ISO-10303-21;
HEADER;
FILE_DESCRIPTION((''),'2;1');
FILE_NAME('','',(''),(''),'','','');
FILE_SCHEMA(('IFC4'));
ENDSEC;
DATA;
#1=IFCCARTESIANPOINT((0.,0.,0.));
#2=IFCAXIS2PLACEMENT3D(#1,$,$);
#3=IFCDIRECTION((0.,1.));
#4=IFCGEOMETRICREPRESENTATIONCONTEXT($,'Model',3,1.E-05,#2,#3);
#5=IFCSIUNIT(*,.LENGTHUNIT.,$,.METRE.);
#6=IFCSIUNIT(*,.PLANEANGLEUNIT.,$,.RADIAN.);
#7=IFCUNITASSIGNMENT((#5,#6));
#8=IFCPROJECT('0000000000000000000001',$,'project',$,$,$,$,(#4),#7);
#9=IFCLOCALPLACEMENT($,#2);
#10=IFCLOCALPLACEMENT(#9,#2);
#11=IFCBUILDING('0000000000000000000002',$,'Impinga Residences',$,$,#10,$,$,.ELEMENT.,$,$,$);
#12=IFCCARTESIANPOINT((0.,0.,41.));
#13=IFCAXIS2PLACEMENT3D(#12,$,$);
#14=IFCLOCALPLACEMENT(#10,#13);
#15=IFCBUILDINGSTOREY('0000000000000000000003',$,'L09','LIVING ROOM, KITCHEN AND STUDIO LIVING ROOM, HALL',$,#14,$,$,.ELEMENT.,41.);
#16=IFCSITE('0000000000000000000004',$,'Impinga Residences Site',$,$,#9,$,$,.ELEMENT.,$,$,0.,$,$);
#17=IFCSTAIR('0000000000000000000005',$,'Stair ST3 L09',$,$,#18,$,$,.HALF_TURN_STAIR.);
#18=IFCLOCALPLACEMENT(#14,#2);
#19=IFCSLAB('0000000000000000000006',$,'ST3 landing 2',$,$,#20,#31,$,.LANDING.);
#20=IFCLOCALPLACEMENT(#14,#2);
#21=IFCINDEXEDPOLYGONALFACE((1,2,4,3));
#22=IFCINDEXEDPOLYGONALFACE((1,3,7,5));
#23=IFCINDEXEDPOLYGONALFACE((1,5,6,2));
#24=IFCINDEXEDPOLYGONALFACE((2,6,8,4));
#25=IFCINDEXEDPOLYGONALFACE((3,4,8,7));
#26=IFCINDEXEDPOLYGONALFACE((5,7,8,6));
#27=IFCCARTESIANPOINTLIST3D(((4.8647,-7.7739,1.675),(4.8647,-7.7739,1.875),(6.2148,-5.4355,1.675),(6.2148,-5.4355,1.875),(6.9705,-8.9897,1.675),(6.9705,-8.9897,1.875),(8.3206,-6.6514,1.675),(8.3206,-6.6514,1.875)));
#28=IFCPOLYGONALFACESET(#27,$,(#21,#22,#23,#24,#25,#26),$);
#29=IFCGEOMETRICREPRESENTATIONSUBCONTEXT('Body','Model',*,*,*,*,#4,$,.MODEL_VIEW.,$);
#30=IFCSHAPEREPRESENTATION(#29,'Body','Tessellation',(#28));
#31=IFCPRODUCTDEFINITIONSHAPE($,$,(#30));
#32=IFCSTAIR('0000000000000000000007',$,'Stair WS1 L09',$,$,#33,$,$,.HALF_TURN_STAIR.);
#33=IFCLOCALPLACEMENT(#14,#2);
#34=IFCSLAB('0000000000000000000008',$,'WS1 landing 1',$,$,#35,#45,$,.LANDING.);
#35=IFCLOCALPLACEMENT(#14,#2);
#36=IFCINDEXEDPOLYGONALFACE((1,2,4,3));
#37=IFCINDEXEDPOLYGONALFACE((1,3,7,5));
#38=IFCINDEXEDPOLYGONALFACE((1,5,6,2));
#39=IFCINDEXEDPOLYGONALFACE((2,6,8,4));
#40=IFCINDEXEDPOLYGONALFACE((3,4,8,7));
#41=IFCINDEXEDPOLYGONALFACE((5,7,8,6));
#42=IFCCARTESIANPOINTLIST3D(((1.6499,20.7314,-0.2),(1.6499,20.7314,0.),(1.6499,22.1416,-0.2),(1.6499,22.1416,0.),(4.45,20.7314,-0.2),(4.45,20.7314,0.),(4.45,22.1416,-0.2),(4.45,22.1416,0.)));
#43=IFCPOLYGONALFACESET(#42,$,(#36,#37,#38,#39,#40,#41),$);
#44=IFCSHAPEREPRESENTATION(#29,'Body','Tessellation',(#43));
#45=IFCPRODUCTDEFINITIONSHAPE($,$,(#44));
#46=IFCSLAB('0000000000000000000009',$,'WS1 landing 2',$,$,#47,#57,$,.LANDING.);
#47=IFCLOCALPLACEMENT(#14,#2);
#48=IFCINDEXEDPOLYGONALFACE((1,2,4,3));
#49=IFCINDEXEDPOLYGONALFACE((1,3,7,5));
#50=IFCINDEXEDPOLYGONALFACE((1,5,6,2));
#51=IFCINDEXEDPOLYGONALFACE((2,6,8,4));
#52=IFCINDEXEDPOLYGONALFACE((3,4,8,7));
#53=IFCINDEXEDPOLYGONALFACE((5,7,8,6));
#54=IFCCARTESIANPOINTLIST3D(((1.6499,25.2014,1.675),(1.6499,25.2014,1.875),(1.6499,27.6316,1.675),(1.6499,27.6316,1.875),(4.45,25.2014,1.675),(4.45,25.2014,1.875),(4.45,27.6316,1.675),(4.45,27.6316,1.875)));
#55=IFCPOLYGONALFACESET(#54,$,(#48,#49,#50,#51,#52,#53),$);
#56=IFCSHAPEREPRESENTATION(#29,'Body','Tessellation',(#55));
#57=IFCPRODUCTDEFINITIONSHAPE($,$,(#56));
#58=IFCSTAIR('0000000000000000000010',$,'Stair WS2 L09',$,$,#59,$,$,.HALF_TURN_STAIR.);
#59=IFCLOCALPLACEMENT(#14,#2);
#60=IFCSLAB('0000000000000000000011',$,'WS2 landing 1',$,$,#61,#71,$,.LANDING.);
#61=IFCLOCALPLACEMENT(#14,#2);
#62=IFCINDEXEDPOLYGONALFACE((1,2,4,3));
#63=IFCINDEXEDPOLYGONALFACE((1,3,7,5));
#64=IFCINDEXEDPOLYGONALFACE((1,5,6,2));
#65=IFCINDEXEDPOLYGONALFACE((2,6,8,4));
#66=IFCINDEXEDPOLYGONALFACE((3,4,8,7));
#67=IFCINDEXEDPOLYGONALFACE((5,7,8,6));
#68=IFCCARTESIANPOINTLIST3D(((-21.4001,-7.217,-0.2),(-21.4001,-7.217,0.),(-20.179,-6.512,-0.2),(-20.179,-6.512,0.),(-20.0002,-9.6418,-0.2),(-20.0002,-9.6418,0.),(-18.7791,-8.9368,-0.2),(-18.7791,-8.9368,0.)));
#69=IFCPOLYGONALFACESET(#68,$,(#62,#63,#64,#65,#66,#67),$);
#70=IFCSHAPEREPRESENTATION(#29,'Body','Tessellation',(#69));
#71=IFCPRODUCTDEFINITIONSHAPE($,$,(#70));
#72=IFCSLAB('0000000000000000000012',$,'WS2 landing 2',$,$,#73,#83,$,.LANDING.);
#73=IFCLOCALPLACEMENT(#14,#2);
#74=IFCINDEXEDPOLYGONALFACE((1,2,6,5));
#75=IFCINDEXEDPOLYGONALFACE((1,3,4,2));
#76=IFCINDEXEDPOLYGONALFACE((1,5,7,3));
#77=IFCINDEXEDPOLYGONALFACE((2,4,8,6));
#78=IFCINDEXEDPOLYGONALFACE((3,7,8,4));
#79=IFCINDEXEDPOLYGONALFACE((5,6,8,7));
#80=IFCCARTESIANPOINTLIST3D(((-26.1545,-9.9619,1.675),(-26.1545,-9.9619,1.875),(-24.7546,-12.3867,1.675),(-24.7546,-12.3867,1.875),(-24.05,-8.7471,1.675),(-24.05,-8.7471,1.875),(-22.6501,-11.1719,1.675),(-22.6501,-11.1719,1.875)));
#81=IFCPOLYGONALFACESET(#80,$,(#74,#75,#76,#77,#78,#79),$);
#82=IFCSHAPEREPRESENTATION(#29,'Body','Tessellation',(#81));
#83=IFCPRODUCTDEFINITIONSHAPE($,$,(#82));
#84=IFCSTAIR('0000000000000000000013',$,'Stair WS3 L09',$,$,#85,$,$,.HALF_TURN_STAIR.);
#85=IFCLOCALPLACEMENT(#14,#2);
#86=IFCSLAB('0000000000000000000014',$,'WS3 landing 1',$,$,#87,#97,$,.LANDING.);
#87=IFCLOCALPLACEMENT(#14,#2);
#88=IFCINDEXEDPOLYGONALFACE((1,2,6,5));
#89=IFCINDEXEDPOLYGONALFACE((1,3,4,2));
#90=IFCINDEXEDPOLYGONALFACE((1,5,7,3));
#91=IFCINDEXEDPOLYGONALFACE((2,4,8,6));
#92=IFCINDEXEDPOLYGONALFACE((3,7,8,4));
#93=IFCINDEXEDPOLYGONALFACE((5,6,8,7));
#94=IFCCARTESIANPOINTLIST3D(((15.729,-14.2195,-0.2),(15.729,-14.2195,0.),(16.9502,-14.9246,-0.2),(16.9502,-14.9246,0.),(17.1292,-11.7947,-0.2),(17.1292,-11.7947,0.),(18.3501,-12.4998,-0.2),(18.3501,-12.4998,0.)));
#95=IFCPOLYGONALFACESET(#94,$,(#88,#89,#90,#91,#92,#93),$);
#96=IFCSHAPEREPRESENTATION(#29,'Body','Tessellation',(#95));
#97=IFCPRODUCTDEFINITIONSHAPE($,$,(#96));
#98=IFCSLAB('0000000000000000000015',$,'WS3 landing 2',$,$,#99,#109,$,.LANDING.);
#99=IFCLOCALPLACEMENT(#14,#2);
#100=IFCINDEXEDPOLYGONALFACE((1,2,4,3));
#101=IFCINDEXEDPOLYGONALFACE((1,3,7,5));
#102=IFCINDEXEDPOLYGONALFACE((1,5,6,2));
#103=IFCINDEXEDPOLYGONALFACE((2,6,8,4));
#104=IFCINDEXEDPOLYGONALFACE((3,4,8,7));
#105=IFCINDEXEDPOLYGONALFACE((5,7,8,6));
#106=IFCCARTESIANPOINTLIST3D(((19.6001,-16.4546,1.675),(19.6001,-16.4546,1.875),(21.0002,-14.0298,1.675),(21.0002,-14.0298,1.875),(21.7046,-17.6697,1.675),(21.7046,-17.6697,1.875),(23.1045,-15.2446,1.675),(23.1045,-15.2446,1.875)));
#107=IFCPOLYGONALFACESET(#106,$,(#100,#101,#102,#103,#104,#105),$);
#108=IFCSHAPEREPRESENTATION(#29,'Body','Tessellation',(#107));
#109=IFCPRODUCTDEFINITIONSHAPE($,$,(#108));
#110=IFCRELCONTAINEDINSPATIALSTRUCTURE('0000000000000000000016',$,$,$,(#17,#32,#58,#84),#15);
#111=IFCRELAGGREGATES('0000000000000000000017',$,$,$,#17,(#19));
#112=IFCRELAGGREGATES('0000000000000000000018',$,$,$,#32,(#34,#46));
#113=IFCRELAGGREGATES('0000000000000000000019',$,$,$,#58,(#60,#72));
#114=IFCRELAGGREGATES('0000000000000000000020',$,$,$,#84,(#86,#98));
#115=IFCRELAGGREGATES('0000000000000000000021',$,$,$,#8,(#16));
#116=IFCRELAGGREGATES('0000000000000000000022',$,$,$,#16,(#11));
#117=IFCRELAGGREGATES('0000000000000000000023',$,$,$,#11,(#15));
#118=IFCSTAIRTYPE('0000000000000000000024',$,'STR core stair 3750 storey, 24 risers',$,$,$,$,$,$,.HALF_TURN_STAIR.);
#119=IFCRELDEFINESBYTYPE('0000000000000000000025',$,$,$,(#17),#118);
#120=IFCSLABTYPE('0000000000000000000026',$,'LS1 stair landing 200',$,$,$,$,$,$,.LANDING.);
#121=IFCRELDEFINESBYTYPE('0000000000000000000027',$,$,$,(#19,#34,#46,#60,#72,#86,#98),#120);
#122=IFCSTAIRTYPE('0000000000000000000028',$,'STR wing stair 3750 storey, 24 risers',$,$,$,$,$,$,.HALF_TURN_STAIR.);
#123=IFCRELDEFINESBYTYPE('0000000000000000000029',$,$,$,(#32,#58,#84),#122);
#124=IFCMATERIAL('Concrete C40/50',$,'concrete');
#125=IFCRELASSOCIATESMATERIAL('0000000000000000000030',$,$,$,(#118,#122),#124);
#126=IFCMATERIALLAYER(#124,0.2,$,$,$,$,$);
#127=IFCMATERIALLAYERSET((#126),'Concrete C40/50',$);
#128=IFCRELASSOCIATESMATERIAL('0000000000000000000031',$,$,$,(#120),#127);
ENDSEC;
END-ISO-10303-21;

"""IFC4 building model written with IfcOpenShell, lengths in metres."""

from ifc_helpers import new_model, si_unit, direction, frame, origin, place, context, subcontext, project, spatial, polyline, outline, extrude, material, layer, layer_set, type_object, element, aggregate, save


model = new_model("IFC4")

# Units and contexts
model_context = context("Model", 3, precision=1e-05, world=origin(), true_north=direction((0.0, 1.0)))
body_context = subcontext(model_context, "Body", "Model", "MODEL_VIEW")
ifc_project = project(units=[si_unit("LENGTHUNIT", "METRE"), si_unit("PLANEANGLEUNIT", "RADIAN")], contexts=[model_context])

# Site, building, storey
site_placement = place(None, origin())
site = spatial("IfcSite", under=ifc_project, at=site_placement, Name="Impinga Residences Site", CompositionType="ELEMENT", RefElevation=0.0)
building_placement = place(site_placement, origin())
building = spatial("IfcBuilding", under=site, at=building_placement, Name="Impinga Residences", CompositionType="ELEMENT")
storey_placement = place(building_placement, frame((0.0, 0.0, 41.0)))
storey = spatial("IfcBuildingStorey", under=building, at=storey_placement, Name="L09", Description="LIVING ROOM, KITCHEN AND STUDIO LIVING ROOM, HALL", CompositionType="ELEMENT", Elevation=41.0)

# Stair, slab
ifc_material_1 = material(Name="Concrete C40/50", Category="concrete")
stair_type_1 = type_object("IfcStairType", Name="STR core stair 3750 storey, 24 risers", PredefinedType="HALF_TURN_STAIR", material=ifc_material_1)
stair_1_placement = place(storey_placement, origin())
stair_1 = element("IfcStair", 1, at=stair_1_placement, inside=storey, type_object=stair_type_1, Name="Stair ST3 L09", PredefinedType="HALF_TURN_STAIR")
ifc_layer_1 = layer(ifc_material_1, 0.2)
ifc_layer_set_1 = layer_set([ifc_layer_1], Name="Concrete C40/50")
slab_type = type_object("IfcSlabType", Name="LS1 stair landing 200", PredefinedType="LANDING", material=ifc_layer_set_1)
slab_1_placement = place(storey_placement, frame((0.0, 0.0, 1.675)))
slab_1 = element("IfcSlab", 2, at=slab_1_placement, type_object=slab_type, Name="ST3 landing 2", PredefinedType="LANDING", context=body_context, shape_type="SweptSolid", body=[
    extrude(outline(polyline([(6.2148, -5.4355), (4.8647, -7.7739), (6.9705, -8.9897), (8.3206, -6.6514), (6.2148, -5.4355)])), origin(), (0.0, 0.0, 1.0), 0.2),
])
aggregate(stair_1, [slab_1])

# Stairs, slabs
stair_type_2 = type_object("IfcStairType", Name="STR wing stair 3750 storey, 24 risers", PredefinedType="HALF_TURN_STAIR", material=ifc_material_1)
stair_2_placement = place(storey_placement, origin())
stair_2 = element("IfcStair", 3, at=stair_2_placement, inside=storey, type_object=stair_type_2, Name="Stair WS1 L09", PredefinedType="HALF_TURN_STAIR")
slab_2_placement = place(storey_placement, frame((0.0, 0.0, -0.2)))
slab_2 = element("IfcSlab", 4, at=slab_2_placement, type_object=slab_type, Name="WS1 landing 1", PredefinedType="LANDING", context=body_context, shape_type="SweptSolid", body=[
    extrude(outline(polyline([(1.6499, 20.7314), (4.45, 20.7314), (4.45, 22.1416), (1.6499, 22.1416), (1.6499, 20.7314)])), origin(), (0.0, 0.0, 1.0), 0.2),
])
slab_3_placement = place(storey_placement, frame((0.0, 0.0, 1.675)))
slab_3 = element("IfcSlab", 5, at=slab_3_placement, type_object=slab_type, Name="WS1 landing 2", PredefinedType="LANDING", context=body_context, shape_type="SweptSolid", body=[
    extrude(outline(polyline([(1.6499, 25.2014), (4.45, 25.2014), (4.45, 27.6316), (1.6499, 27.6316), (1.6499, 25.2014)])), origin(), (0.0, 0.0, 1.0), 0.2),
])
aggregate(stair_2, [slab_2, slab_3])
stair_3_placement = place(storey_placement, origin())
stair_3 = element("IfcStair", 6, at=stair_3_placement, inside=storey, type_object=stair_type_2, Name="Stair WS2 L09", PredefinedType="HALF_TURN_STAIR")
slab_4_placement = place(storey_placement, frame((0.0, 0.0, -0.2)))
slab_4 = element("IfcSlab", 7, at=slab_4_placement, type_object=slab_type, Name="WS2 landing 1", PredefinedType="LANDING", context=body_context, shape_type="SweptSolid", body=[
    extrude(outline(polyline([(-18.7791, -8.9368), (-20.179, -6.512), (-21.4001, -7.217), (-20.0002, -9.6418), (-18.7791, -8.9368)])), origin(), (0.0, 0.0, 1.0), 0.2),
])
slab_5_placement = place(storey_placement, frame((0.0, 0.0, 1.675)))
slab_5 = element("IfcSlab", 8, at=slab_5_placement, type_object=slab_type, Name="WS2 landing 2", PredefinedType="LANDING", context=body_context, shape_type="SweptSolid", body=[
    extrude(outline(polyline([(-22.6501, -11.1719), (-24.05, -8.7471), (-26.1545, -9.9619), (-24.7546, -12.3867), (-22.6501, -11.1719)])), origin(), (0.0, 0.0, 1.0), 0.2),
])
aggregate(stair_3, [slab_4, slab_5])
stair_4_placement = place(storey_placement, origin())
stair_4 = element("IfcStair", 9, at=stair_4_placement, inside=storey, type_object=stair_type_2, Name="Stair WS3 L09", PredefinedType="HALF_TURN_STAIR")
slab_6_placement = place(storey_placement, frame((0.0, 0.0, -0.2)))
slab_6 = element("IfcSlab", 10, at=slab_6_placement, type_object=slab_type, Name="WS3 landing 1", PredefinedType="LANDING", context=body_context, shape_type="SweptSolid", body=[
    extrude(outline(polyline([(17.1292, -11.7947), (15.729, -14.2195), (16.9502, -14.9246), (18.3501, -12.4998), (17.1292, -11.7947)])), origin(), (0.0, 0.0, 1.0), 0.2),
])
slab_7_placement = place(storey_placement, frame((0.0, 0.0, 1.675)))
slab_7 = element("IfcSlab", 11, at=slab_7_placement, type_object=slab_type, Name="WS3 landing 2", PredefinedType="LANDING", context=body_context, shape_type="SweptSolid", body=[
    extrude(outline(polyline([(21.0002, -14.0298), (19.6001, -16.4546), (21.7046, -17.6697), (23.1045, -15.2446), (21.0002, -14.0298)])), origin(), (0.0, 0.0, 1.0), 0.2),
])
aggregate(stair_4, [slab_6, slab_7])

save(model, "model.ifc")
